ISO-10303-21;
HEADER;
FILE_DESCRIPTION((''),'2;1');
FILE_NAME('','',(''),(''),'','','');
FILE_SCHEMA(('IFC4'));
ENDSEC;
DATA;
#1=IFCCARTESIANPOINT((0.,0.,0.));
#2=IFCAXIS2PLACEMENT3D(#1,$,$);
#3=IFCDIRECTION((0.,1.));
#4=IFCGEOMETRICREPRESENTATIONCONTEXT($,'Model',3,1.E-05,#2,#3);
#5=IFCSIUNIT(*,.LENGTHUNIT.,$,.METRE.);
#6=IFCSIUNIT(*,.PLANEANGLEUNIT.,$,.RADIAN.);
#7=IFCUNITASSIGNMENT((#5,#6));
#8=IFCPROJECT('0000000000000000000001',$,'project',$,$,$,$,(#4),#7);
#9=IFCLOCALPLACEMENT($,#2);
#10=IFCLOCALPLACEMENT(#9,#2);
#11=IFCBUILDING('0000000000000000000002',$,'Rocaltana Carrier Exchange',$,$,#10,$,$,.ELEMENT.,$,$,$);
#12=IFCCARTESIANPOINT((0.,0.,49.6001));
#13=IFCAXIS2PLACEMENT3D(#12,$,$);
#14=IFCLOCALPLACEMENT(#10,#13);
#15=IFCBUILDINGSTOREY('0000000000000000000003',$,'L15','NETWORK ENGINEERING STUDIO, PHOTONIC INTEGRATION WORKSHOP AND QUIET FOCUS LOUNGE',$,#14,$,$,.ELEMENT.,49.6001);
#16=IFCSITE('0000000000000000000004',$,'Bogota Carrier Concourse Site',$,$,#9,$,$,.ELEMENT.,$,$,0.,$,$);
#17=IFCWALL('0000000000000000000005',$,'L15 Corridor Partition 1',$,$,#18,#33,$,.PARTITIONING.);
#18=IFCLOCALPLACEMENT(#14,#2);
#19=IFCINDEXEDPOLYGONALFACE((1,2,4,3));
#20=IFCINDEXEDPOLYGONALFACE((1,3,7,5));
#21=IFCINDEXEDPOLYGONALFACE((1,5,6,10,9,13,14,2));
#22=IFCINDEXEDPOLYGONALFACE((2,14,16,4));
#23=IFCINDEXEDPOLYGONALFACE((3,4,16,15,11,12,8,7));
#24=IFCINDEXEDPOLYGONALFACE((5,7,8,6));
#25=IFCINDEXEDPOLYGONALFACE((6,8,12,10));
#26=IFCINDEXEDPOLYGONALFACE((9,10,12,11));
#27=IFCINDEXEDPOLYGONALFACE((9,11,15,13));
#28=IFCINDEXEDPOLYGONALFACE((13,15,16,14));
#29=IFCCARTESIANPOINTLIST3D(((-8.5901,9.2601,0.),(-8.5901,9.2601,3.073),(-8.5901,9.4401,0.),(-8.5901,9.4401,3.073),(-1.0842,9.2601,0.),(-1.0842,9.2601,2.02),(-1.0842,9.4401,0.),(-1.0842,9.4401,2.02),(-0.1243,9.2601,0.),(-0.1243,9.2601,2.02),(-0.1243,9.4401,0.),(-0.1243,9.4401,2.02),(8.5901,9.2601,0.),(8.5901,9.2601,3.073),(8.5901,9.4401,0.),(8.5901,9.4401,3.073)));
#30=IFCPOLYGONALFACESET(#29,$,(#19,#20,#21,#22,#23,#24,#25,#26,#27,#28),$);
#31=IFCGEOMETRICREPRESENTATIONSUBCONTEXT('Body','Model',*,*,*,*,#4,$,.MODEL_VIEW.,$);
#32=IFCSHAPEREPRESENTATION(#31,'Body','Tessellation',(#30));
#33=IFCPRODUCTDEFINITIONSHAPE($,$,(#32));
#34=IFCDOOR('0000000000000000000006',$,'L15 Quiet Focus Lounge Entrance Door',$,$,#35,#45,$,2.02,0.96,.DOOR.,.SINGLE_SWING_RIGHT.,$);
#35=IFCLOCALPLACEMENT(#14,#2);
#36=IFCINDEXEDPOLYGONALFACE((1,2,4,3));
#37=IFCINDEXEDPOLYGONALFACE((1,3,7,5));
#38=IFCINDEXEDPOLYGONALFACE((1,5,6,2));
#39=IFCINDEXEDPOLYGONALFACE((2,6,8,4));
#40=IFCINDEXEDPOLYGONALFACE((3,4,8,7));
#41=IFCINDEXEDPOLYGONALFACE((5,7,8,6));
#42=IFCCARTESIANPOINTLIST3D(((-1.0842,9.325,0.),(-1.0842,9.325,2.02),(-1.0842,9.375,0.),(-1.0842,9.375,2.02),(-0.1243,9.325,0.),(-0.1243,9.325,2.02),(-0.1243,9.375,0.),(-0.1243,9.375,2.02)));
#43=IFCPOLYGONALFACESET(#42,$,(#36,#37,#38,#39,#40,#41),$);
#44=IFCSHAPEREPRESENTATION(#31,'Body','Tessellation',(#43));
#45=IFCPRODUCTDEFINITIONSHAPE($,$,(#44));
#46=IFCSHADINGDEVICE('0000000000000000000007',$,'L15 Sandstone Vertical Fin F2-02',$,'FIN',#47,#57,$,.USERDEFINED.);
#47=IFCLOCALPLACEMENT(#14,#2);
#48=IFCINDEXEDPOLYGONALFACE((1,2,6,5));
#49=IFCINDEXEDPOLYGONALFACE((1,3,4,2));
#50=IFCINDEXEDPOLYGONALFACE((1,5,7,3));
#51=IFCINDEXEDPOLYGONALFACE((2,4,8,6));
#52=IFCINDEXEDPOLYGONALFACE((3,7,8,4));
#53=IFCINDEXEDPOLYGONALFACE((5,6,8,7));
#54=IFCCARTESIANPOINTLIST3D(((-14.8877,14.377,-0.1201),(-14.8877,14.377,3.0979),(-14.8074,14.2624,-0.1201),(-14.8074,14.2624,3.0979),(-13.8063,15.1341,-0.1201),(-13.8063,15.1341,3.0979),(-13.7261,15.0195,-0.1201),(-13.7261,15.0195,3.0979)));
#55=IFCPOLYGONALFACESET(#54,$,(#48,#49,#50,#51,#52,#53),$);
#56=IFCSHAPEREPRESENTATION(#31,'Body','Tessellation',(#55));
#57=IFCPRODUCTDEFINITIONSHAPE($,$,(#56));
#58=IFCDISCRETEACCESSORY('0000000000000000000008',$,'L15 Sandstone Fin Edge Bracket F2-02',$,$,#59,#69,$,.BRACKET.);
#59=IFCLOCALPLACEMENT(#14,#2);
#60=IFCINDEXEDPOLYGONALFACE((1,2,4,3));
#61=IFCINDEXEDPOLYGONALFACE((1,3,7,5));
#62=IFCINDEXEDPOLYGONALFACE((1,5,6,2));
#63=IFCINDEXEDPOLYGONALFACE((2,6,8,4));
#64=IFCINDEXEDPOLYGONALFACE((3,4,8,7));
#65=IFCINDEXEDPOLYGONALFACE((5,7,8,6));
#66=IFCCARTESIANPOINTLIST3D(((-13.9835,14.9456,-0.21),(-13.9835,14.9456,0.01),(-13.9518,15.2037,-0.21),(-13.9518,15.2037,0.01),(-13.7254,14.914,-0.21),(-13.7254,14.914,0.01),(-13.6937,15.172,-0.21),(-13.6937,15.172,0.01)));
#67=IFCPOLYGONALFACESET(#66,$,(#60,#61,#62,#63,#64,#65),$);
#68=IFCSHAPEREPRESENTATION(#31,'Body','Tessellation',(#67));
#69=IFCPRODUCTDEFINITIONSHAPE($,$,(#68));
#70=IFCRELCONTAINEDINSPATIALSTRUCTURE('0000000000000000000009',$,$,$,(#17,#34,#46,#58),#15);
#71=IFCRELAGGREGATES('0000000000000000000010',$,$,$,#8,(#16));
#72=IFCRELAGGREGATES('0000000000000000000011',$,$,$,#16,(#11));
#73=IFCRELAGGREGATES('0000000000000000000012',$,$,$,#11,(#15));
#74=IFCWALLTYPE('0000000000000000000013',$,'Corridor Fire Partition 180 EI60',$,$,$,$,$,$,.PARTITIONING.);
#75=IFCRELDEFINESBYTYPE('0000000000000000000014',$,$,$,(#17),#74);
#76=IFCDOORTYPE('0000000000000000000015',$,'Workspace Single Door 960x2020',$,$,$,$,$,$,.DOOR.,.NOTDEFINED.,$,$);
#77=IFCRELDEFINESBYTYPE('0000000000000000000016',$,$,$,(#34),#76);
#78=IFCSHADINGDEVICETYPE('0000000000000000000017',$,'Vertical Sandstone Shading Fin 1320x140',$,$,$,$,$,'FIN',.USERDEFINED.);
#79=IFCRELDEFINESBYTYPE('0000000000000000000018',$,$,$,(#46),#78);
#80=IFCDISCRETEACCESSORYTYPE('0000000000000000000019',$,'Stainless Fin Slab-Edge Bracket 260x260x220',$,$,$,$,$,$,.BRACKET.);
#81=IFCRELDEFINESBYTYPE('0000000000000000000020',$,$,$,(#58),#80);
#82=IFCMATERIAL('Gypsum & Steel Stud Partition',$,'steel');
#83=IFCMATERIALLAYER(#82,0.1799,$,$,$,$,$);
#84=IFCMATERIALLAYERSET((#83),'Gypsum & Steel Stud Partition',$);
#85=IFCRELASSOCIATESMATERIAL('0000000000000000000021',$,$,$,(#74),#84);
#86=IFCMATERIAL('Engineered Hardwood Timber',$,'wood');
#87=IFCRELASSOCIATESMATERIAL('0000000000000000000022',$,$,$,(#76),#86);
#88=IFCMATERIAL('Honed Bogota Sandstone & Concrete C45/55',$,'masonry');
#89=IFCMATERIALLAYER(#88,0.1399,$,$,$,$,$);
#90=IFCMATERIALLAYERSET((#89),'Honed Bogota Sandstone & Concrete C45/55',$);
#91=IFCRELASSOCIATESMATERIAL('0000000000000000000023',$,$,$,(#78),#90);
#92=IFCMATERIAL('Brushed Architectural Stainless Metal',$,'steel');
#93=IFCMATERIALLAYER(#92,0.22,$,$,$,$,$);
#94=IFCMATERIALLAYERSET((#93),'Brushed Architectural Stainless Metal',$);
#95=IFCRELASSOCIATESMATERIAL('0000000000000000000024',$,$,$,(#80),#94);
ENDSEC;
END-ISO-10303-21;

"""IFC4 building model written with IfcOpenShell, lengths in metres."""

from ifc_helpers import new_model, si_unit, direction, frame, frame_2d, origin, origin_2d, place, context, subcontext, project, spatial, rectangle, extrude, material, layer, layer_set, type_object, element, fill, save


model = new_model("IFC4")

# Units and contexts
model_context = context("Model", 3, precision=1e-05, world=origin(), true_north=direction((0.0, 1.0)))
body_context = subcontext(model_context, "Body", "Model", "MODEL_VIEW")
ifc_project = project(units=[si_unit("LENGTHUNIT", "METRE"), si_unit("PLANEANGLEUNIT", "RADIAN")], contexts=[model_context])

# Site, building, storey
site_placement = place(None, origin())
site = spatial("IfcSite", under=ifc_project, at=site_placement, Name="Bogota Carrier Concourse Site", CompositionType="ELEMENT", RefElevation=0.0)
building_placement = place(site_placement, origin())
building = spatial("IfcBuilding", under=site, at=building_placement, Name="Rocaltana Carrier Exchange", CompositionType="ELEMENT")
storey_placement = place(building_placement, frame((0.0, 0.0, 49.6001)))
storey = spatial("IfcBuildingStorey", under=building, at=storey_placement, Name="L15", Description="NETWORK ENGINEERING STUDIO, PHOTONIC INTEGRATION WORKSHOP AND QUIET FOCUS LOUNGE", CompositionType="ELEMENT", Elevation=49.6001)

# Wall, opening, door
ifc_material_1 = material(Name="Gypsum & Steel Stud Partition", Category="steel")
ifc_layer_1 = layer(ifc_material_1, 0.1799)
ifc_layer_set_1 = layer_set([ifc_layer_1], Name="Gypsum & Steel Stud Partition")
wall_type_1 = type_object("IfcWallType", Name="Corridor Fire Partition 180 EI60", PredefinedType="PARTITIONING", material=ifc_layer_set_1)
wall_1_placement = place(storey_placement, frame((-8.5901, 9.3501, 0.0), z_axis=(0.0, 0.0, 1.0), x_axis=(1.0, 0.0, 0.0)))
wall_1 = element("IfcWall", 1, at=wall_1_placement, inside=storey, type_object=wall_type_1, Name="L15 Corridor Partition 1", PredefinedType="PARTITIONING", context=body_context, shape_type="SweptSolid", body=[
    extrude(rectangle(XDim=17.1802, YDim=0.1799, at=frame_2d((8.5901, 0.0))), origin(), (0.0, 0.0, 1.0), 3.073),
])
opening_placement = place(wall_1_placement, frame((7.5059, 0.0, 0.0)))
opening = element("IfcOpeningElement", 2, at=opening_placement, cuts=wall_1, PredefinedType="OPENING", context=body_context, shape_type="SweptSolid", body=[
    extrude(rectangle(XDim=0.96, YDim=2.02, at=frame_2d((0.48, 1.01))), frame((0.0, 0.0999, 0.0), z_axis=(0.0, -1.0, 0.0), x_axis=(1.0, 0.0, 0.0)), (0.0, 0.0, 1.0), 0.2),
])
ifc_material_2 = material(Name="Engineered Hardwood Timber", Category="wood")
door_type = type_object("IfcDoorType", Name="Workspace Single Door 960x2020", OperationType="NOTDEFINED", PredefinedType="DOOR", material=ifc_material_2)
door_placement = place(opening_placement, origin())
door = element("IfcDoor", 3, at=door_placement, inside=storey, type_object=door_type, Name="L15 Quiet Focus Lounge Entrance Door", OperationType="SINGLE_SWING_RIGHT", OverallHeight=2.02, OverallWidth=0.96, PredefinedType="DOOR", context=body_context, shape_type="SweptSolid", body=[
    extrude(rectangle(XDim=0.96, YDim=2.02, at=frame_2d((0.48, 1.01))), frame((0.0, 0.0249, 0.0), z_axis=(0.0, -1.0, 0.0), x_axis=(1.0, 0.0, 0.0)), (0.0, 0.0, 1.0), 0.05),
])
fill(opening, door)

# Shading device
ifc_material_3 = material(Name="Honed Bogota Sandstone & Concrete C45/55", Category="masonry")
ifc_layer_2 = layer(ifc_material_3, 0.1399)
ifc_layer_set_2 = layer_set([ifc_layer_2], Name="Honed Bogota Sandstone & Concrete C45/55")
shading_device_type = type_object("IfcShadingDeviceType", Name="Vertical Sandstone Shading Fin 1320x140", ElementType="FIN", PredefinedType="USERDEFINED", material=ifc_layer_set_2)
shading_device_placement = place(storey_placement, frame((-14.3069, 14.6982, -0.1201), z_axis=(0.0, 0.0, 1.0), x_axis=(-0.819152, -0.573576, 0.0)))
element("IfcShadingDevice", 4, at=shading_device_placement, inside=storey, type_object=shading_device_type, Name="L15 Sandstone Vertical Fin F2-02", ObjectType="FIN", PredefinedType="USERDEFINED", context=body_context, shape_type="SweptSolid", body=[
    extrude(rectangle(XDim=1.3201, YDim=0.1399, at=origin_2d()), origin(), (0.0, 0.0, 1.0), 3.218),
])

# Discrete accessory
ifc_material_4 = material(Name="Brushed Architectural Stainless Metal", Category="steel")
ifc_layer_3 = layer(ifc_material_4, 0.22)
ifc_layer_set_3 = layer_set([ifc_layer_3], Name="Brushed Architectural Stainless Metal")
discrete_accessory_type = type_object("IfcDiscreteAccessoryType", Name="Stainless Fin Slab-Edge Bracket 260x260x220", PredefinedType="BRACKET", material=ifc_layer_set_3)
discrete_accessory_placement = place(storey_placement, frame((-13.8386, 15.0588, -0.21), z_axis=(0.0, 0.0, 1.0), x_axis=(-0.121869, -0.992546, 0.0)))
element("IfcDiscreteAccessory", 5, at=discrete_accessory_placement, inside=storey, type_object=discrete_accessory_type, Name="L15 Sandstone Fin Edge Bracket F2-02", PredefinedType="BRACKET", context=body_context, shape_type="SweptSolid", body=[
    extrude(rectangle(XDim=0.26, YDim=0.26, at=origin_2d()), origin(), (0.0, 0.0, 1.0), 0.22),
])

save(model, "model.ifc")
